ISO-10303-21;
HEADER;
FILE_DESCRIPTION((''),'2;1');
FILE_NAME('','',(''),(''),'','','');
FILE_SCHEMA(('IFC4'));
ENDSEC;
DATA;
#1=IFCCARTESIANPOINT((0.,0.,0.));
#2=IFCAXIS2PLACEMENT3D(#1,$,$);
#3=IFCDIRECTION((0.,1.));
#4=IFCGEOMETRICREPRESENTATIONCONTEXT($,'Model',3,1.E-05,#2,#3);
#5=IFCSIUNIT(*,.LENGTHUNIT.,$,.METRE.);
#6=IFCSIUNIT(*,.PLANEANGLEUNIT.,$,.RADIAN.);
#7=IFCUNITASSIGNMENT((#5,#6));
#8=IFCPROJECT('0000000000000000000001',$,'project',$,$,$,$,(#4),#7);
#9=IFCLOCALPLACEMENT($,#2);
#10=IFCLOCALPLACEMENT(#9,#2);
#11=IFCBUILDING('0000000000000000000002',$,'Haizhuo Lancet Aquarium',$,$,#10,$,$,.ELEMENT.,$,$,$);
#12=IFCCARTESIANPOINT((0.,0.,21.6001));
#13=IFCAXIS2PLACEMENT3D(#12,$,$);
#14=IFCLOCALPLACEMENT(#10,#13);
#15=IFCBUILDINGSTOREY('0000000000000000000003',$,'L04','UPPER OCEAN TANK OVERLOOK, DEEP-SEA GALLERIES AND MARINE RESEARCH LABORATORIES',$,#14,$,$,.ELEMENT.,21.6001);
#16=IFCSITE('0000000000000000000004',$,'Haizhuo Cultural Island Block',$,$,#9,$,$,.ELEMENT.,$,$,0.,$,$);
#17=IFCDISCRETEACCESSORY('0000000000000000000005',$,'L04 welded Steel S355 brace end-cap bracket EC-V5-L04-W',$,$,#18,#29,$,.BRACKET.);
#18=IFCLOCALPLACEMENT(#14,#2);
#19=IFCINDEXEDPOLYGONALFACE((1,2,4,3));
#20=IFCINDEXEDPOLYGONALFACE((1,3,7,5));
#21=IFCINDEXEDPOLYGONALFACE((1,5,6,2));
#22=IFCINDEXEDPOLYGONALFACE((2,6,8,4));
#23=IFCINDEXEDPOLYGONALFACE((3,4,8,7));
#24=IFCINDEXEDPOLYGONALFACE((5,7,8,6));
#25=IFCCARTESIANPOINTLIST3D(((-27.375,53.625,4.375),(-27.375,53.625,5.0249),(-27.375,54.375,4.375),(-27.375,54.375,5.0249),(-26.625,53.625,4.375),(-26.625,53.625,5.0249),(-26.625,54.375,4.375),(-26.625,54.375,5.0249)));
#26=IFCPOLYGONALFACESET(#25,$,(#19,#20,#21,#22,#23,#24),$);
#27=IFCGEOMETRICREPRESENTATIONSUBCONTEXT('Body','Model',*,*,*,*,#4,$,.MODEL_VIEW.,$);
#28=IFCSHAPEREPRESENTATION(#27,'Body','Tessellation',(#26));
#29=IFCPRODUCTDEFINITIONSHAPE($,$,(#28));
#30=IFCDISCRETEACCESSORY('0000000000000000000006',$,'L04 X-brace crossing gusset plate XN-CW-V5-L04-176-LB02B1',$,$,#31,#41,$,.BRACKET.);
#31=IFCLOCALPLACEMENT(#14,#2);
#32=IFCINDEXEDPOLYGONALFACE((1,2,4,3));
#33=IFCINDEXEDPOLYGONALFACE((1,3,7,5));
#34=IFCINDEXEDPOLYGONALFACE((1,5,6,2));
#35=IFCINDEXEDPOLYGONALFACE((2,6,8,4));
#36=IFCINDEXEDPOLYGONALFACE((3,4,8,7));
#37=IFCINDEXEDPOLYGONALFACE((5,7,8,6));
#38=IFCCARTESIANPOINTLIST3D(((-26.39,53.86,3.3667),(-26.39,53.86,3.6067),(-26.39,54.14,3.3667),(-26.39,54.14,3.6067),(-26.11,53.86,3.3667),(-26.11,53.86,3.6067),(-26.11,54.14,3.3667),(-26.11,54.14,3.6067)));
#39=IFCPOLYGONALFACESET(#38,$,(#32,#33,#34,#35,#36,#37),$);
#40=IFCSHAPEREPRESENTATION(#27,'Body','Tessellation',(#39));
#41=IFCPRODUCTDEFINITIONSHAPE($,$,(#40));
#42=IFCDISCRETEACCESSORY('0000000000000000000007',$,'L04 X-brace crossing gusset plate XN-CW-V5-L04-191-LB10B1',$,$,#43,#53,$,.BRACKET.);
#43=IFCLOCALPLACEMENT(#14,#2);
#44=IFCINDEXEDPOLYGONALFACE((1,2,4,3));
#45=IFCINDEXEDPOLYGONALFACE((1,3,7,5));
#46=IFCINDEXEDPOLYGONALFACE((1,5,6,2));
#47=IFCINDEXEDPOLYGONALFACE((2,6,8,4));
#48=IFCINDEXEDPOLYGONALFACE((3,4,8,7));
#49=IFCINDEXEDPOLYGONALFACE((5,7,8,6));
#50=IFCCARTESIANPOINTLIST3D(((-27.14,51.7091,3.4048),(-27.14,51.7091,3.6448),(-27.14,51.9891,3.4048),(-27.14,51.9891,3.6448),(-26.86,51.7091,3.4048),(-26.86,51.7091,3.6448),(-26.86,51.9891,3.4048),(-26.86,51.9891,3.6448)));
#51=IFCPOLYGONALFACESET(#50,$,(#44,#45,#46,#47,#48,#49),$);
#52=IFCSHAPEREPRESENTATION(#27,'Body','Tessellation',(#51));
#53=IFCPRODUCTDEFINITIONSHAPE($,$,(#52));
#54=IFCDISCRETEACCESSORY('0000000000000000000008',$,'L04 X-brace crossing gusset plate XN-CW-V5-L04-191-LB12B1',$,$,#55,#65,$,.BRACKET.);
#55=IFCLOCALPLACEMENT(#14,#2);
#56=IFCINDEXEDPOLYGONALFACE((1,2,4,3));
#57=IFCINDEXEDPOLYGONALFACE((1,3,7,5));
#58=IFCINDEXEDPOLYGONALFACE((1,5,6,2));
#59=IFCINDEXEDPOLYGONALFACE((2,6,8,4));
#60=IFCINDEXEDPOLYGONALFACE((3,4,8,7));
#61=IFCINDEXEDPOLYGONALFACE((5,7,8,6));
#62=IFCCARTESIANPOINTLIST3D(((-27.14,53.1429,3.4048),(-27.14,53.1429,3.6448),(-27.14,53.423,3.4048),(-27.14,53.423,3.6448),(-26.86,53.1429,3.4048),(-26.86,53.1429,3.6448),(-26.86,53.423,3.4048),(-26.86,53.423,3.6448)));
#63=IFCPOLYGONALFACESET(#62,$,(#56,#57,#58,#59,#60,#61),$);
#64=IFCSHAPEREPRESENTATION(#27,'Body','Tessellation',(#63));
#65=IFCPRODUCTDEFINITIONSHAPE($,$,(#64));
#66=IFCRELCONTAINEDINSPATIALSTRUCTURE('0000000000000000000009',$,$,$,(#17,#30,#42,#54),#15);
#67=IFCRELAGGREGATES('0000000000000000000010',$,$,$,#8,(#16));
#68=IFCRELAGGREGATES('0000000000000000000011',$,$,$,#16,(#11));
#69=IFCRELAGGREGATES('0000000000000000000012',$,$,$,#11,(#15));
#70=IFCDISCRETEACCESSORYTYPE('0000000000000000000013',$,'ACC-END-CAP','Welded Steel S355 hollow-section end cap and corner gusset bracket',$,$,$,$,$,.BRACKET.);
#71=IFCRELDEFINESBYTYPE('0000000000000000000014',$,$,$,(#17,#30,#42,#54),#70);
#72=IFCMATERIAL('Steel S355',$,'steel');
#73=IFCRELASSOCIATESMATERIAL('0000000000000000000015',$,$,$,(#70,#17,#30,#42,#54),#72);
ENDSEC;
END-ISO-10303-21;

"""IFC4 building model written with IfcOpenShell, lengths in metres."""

from ifc_helpers import new_model, si_unit, direction, frame, origin, origin_2d, place, context, subcontext, project, spatial, rectangle, extrude, material, type_object, element, save


model = new_model("IFC4")

# Units and contexts
model_context = context("Model", 3, precision=1e-05, world=origin(), true_north=direction((0.0, 1.0)))
body_context = subcontext(model_context, "Body", "Model", "MODEL_VIEW")
ifc_project = project(units=[si_unit("LENGTHUNIT", "METRE"), si_unit("PLANEANGLEUNIT", "RADIAN")], contexts=[model_context])

# Site, building, storey
site_placement = place(None, origin())
site = spatial("IfcSite", under=ifc_project, at=site_placement, Name="Haizhuo Cultural Island Block", CompositionType="ELEMENT", RefElevation=0.0)
building_placement = place(site_placement, origin())
building = spatial("IfcBuilding", under=site, at=building_placement, Name="Haizhuo Lancet Aquarium", CompositionType="ELEMENT")
storey_placement = place(building_placement, frame((0.0, 0.0, 21.6001)))
storey = spatial("IfcBuildingStorey", under=building, at=storey_placement, Name="L04", Description="UPPER OCEAN TANK OVERLOOK, DEEP-SEA GALLERIES AND MARINE RESEARCH LABORATORIES", CompositionType="ELEMENT", Elevation=21.6001)

# Shared definitions
ifc_material_1 = material(Name="Steel S355", Category="steel")

# Discrete accessories
discrete_accessory_type = type_object("IfcDiscreteAccessoryType", Name="ACC-END-CAP", Description="Welded Steel S355 hollow-section end cap and corner gusset bracket", PredefinedType="BRACKET", material=ifc_material_1)
discrete_accessory_placement = place(storey_placement, frame((-27.0, 54.0, 4.375), z_axis=(0.0, 0.0, 1.0), x_axis=(1.0, 0.0, 0.0)))
element("IfcDiscreteAccessory", 1, at=discrete_accessory_placement, inside=storey, type_object=discrete_accessory_type, material=ifc_material_1, Name="L04 welded Steel S355 brace end-cap bracket EC-V5-L04-W", PredefinedType="BRACKET", context=body_context, shape_type="SweptSolid", body=[
    extrude(rectangle(XDim=0.75, YDim=0.75, at=origin_2d()), origin(), (0.0, 0.0, 1.0), 0.6499),
])
for number, where, z_axis, x_axis, name in (
    (2, (-26.25, 54.0, 3.3667), (0.0, 0.0, 1.0), (1.0, 0.0, 0.0), "L04 X-brace crossing gusset plate XN-CW-V5-L04-176-LB02B1"),
    (3, (-27.0, 51.8491, 3.4048), (0.0, 0.0, 1.0), (1.0, 0.0, 0.0), "L04 X-brace crossing gusset plate XN-CW-V5-L04-191-LB10B1"),
    (4, (-27.0, 53.283, 3.4048), (0.0, 0.0, 1.0), (1.0, 0.0, 0.0), "L04 X-brace crossing gusset plate XN-CW-V5-L04-191-LB12B1"),
):
    element("IfcDiscreteAccessory", number, at=place(storey_placement, frame(where, z_axis=z_axis, x_axis=x_axis)), inside=storey, type_object=discrete_accessory_type, material=ifc_material_1, Name=name, PredefinedType="BRACKET", context=body_context, shape_type="SweptSolid", body=[
        extrude(rectangle(XDim=0.28, YDim=0.28, at=origin_2d()), origin(), (0.0, 0.0, 1.0), 0.24),
    ])

save(model, "model.ifc")
